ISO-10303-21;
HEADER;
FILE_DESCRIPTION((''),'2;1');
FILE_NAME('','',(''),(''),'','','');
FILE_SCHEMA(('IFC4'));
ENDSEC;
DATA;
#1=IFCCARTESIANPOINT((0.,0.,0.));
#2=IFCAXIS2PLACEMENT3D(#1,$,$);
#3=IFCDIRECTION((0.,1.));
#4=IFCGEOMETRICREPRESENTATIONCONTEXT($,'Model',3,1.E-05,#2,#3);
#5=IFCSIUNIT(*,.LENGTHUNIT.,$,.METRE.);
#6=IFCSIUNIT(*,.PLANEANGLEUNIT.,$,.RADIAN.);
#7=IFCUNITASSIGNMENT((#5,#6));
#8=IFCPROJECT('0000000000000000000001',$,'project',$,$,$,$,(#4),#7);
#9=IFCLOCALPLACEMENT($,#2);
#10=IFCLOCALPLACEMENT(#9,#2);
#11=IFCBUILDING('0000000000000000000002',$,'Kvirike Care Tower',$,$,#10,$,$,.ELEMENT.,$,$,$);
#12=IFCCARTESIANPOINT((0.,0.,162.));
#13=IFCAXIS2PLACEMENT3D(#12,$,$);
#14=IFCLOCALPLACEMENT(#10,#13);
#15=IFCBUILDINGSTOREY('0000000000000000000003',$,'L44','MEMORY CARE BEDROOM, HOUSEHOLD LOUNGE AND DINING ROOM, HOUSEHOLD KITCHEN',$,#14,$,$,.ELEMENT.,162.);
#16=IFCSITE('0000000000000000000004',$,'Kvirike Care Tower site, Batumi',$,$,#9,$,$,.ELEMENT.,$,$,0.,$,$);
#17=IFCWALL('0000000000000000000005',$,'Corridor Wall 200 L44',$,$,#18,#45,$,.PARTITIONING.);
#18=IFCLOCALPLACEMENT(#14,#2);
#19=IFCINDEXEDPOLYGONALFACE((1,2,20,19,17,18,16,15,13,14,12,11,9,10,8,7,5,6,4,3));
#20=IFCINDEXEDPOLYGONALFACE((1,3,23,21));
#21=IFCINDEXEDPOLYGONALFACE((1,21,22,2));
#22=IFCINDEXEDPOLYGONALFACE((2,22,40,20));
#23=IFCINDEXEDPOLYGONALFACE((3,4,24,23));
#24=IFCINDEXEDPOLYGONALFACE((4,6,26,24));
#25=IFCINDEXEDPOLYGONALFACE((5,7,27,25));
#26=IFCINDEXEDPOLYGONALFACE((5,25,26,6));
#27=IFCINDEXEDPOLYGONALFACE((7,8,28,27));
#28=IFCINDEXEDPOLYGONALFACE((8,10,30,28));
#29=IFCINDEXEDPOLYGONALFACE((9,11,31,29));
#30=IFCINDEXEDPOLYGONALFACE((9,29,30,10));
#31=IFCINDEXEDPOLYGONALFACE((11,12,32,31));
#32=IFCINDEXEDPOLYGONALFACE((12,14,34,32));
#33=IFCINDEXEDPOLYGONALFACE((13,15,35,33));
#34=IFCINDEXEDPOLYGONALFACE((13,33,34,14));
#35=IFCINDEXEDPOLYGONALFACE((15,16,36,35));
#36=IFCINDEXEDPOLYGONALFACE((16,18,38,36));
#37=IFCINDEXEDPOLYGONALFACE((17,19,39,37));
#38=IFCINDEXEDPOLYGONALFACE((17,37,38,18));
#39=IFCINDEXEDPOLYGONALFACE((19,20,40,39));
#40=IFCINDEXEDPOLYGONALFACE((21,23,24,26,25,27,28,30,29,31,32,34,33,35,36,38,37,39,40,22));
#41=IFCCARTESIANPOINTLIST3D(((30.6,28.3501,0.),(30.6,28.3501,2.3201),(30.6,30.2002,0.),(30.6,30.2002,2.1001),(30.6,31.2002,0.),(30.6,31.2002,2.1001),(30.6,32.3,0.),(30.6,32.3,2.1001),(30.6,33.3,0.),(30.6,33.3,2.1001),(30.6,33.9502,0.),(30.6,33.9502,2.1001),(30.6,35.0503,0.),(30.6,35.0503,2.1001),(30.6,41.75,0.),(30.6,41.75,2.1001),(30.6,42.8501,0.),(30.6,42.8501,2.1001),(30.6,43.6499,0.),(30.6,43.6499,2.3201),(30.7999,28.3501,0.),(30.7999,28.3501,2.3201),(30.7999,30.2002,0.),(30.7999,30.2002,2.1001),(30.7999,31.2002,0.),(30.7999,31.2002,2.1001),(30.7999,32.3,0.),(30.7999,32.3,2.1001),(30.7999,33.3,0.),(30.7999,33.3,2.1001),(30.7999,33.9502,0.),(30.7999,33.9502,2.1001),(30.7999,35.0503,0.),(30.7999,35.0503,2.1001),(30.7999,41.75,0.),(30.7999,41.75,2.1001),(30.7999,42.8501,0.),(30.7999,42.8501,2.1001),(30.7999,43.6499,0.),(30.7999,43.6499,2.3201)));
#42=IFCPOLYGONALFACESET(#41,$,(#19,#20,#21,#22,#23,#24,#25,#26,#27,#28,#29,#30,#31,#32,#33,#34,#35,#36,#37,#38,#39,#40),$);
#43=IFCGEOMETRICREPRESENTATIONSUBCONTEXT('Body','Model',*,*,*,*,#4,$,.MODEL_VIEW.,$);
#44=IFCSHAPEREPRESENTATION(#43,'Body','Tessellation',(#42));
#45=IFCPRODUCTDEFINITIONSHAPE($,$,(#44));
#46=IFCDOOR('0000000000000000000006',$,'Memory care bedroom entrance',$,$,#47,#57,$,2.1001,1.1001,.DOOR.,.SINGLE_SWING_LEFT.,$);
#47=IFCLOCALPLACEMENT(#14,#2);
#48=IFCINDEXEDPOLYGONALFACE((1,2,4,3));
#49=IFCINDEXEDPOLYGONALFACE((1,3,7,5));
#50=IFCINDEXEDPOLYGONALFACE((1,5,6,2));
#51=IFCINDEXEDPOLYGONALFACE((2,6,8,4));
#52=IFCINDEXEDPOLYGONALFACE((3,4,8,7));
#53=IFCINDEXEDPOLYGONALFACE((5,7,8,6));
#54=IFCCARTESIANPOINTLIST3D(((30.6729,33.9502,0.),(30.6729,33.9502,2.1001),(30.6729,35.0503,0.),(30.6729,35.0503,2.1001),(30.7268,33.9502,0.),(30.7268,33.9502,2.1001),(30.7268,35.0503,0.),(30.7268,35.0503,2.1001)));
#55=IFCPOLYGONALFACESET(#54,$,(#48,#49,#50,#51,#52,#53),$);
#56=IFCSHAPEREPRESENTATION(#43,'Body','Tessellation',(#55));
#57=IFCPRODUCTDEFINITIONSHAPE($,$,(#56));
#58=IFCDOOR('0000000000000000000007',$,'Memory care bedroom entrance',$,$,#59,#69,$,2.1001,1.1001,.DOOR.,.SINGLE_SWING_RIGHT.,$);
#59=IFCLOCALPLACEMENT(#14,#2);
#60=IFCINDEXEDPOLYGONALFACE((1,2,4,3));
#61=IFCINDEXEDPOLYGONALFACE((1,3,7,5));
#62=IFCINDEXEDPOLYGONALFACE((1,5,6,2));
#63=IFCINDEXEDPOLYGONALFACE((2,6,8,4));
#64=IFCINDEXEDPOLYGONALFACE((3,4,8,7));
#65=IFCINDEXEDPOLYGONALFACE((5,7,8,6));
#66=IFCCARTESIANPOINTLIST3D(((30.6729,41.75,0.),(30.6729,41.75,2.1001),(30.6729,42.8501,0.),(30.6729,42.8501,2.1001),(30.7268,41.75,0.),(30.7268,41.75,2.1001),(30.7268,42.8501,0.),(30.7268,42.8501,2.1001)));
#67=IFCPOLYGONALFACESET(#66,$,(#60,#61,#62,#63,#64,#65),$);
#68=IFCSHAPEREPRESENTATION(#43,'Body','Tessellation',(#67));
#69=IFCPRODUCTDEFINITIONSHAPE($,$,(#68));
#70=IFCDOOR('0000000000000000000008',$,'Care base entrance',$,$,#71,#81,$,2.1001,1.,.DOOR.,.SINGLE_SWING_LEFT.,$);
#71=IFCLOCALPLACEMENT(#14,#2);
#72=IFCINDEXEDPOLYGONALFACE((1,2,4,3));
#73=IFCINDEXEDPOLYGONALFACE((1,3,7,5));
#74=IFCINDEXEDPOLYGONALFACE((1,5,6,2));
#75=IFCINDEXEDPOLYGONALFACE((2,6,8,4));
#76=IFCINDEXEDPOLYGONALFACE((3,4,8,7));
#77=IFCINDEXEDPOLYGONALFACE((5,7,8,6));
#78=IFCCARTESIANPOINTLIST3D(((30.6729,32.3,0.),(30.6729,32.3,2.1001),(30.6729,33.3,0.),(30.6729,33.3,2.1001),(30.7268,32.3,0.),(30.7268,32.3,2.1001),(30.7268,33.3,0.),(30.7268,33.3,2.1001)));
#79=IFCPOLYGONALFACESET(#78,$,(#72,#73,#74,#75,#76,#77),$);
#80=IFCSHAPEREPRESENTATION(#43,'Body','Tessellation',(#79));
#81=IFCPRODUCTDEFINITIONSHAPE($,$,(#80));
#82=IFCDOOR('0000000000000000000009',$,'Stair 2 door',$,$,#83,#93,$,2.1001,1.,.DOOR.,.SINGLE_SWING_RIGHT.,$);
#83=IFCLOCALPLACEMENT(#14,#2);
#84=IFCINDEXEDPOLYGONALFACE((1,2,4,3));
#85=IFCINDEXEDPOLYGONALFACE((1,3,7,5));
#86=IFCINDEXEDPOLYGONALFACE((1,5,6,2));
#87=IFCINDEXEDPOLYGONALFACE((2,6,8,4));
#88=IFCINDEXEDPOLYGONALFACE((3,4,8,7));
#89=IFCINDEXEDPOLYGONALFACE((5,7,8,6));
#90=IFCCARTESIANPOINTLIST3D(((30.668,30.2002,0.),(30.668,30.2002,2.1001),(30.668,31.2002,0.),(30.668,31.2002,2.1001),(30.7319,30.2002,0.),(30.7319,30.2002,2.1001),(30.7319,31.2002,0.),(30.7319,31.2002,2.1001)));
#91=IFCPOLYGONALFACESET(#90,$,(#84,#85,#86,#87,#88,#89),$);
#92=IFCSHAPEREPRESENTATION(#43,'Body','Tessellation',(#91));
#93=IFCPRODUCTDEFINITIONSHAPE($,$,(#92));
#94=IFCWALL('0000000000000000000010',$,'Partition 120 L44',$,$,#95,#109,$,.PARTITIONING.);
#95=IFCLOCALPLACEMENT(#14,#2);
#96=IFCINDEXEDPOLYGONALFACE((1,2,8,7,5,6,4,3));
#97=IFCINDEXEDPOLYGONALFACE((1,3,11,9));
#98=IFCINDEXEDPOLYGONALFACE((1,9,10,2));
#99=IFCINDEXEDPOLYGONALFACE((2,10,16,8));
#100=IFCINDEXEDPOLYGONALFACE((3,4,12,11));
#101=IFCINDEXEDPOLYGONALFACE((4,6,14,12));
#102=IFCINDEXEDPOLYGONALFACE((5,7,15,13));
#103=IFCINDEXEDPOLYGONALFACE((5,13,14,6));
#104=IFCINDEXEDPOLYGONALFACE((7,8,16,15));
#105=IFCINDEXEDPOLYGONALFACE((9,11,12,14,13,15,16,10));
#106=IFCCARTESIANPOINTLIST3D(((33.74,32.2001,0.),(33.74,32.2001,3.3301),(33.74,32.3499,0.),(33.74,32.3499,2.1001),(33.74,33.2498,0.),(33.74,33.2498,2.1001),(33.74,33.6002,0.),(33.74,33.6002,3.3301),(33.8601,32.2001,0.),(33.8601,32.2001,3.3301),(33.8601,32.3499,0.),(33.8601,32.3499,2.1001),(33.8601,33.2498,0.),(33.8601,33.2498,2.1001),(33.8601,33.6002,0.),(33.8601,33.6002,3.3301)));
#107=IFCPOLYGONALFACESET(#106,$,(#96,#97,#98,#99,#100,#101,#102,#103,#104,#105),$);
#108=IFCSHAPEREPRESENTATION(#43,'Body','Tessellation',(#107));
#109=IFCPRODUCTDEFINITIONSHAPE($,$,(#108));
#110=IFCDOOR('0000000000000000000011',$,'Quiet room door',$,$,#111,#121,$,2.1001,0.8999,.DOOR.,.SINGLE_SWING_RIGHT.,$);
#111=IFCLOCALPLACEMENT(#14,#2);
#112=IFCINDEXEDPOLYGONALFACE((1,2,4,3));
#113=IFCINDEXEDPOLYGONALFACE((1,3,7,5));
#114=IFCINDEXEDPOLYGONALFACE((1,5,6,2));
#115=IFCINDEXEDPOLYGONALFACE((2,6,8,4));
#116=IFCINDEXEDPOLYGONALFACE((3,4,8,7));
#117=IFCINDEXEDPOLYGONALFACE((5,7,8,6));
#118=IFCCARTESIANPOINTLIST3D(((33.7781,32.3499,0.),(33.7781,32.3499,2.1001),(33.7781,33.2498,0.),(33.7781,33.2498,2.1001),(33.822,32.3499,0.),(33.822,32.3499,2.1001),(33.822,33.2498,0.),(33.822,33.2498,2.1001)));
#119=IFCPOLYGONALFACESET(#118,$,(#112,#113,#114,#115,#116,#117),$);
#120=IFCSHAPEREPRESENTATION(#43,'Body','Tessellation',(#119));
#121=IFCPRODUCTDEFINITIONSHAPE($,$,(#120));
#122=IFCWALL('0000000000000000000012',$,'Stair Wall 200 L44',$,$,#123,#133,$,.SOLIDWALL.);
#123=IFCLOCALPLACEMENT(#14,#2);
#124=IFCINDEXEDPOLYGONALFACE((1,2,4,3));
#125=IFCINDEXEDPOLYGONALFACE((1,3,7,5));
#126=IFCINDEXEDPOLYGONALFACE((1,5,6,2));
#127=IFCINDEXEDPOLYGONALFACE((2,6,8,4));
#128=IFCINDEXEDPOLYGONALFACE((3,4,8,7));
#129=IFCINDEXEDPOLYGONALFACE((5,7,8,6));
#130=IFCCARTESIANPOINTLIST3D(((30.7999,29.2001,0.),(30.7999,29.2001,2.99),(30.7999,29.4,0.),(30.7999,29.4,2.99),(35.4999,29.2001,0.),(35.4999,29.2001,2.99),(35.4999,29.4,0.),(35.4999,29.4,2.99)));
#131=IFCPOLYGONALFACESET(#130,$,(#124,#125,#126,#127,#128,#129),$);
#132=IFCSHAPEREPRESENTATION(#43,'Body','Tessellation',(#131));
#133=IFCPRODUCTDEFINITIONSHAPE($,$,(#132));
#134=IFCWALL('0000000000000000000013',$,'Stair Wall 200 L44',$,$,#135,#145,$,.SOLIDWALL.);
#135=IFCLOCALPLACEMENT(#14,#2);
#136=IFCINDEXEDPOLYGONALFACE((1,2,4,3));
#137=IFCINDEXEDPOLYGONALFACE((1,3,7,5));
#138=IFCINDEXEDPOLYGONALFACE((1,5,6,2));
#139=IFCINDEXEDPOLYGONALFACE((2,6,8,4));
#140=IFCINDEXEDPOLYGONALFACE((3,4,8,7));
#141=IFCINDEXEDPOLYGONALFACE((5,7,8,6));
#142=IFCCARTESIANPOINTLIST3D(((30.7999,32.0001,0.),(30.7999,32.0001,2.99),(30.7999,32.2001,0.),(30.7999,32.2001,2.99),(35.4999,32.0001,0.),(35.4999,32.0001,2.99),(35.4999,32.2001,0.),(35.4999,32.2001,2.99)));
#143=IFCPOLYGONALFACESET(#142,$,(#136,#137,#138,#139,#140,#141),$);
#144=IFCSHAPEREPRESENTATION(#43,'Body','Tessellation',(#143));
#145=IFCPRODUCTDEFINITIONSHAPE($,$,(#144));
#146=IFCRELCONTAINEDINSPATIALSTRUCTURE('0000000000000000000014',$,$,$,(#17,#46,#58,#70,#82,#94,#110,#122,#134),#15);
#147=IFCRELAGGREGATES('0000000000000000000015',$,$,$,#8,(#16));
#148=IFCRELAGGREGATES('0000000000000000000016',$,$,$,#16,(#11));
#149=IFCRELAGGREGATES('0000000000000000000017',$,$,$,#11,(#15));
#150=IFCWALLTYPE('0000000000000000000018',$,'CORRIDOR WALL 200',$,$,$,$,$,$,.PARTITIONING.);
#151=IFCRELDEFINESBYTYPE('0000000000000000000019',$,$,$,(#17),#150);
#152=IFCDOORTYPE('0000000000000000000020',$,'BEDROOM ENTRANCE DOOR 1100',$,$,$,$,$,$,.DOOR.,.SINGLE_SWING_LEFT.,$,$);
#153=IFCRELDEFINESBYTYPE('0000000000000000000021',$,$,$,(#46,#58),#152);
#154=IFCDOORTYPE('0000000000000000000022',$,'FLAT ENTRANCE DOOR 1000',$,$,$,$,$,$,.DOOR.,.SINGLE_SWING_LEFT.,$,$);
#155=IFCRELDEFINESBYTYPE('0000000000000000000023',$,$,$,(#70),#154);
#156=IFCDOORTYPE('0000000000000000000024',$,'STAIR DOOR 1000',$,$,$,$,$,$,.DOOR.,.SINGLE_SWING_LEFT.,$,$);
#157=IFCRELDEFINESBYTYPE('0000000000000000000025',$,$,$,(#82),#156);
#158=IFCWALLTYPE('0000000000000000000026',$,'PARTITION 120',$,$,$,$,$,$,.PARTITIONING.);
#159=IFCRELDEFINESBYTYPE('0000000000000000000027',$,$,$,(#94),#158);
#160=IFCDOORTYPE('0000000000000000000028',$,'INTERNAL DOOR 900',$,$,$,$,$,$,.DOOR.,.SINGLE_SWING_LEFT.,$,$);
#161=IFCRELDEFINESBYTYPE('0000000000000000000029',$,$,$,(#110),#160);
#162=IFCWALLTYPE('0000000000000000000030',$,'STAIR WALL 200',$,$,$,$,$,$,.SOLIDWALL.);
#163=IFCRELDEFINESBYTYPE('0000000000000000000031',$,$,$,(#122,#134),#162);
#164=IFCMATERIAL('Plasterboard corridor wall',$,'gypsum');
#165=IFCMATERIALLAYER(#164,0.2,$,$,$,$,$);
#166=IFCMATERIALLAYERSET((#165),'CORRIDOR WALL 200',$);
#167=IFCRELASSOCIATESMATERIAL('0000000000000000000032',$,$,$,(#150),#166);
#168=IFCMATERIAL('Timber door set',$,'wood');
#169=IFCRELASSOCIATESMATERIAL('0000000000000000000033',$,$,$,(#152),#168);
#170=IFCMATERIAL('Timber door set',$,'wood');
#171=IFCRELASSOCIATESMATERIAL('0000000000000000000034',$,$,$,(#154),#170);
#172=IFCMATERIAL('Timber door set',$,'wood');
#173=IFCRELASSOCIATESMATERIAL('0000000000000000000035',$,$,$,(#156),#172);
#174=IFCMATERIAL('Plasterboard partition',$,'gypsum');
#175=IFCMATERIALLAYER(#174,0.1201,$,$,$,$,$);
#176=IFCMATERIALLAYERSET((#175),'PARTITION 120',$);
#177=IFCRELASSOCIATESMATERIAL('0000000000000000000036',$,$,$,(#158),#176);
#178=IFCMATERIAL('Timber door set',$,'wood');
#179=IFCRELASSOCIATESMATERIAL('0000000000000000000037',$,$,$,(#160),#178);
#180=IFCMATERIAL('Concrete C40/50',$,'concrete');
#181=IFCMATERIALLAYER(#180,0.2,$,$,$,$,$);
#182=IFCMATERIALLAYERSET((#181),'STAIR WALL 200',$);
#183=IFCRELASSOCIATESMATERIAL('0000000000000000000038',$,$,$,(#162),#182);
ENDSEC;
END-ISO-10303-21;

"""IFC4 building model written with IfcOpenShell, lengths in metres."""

from ifc_helpers import new_model, si_unit, direction, frame, frame_2d, origin, place, context, subcontext, project, spatial, rectangle, extrude, material, layer, layer_set, type_object, element, fill, save


model = new_model("IFC4")

# Units and contexts
model_context = context("Model", 3, precision=1e-05, world=origin(), true_north=direction((0.0, 1.0)))
body_context = subcontext(model_context, "Body", "Model", "MODEL_VIEW")
ifc_project = project(units=[si_unit("LENGTHUNIT", "METRE"), si_unit("PLANEANGLEUNIT", "RADIAN")], contexts=[model_context])

# Site, building, storey
site_placement = place(None, origin())
site = spatial("IfcSite", under=ifc_project, at=site_placement, Name="Kvirike Care Tower site, Batumi", CompositionType="ELEMENT", RefElevation=0.0)
building_placement = place(site_placement, origin())
building = spatial("IfcBuilding", under=site, at=building_placement, Name="Kvirike Care Tower", CompositionType="ELEMENT")
storey_placement = place(building_placement, frame((0.0, 0.0, 162.0)))
storey = spatial("IfcBuildingStorey", under=building, at=storey_placement, Name="L44", Description="MEMORY CARE BEDROOM, HOUSEHOLD LOUNGE AND DINING ROOM, HOUSEHOLD KITCHEN", CompositionType="ELEMENT", Elevation=162.0)

# Wall, openings, doors
ifc_material_1 = material(Name="Plasterboard corridor wall", Category="gypsum")
ifc_layer_1 = layer(ifc_material_1, 0.2)
ifc_layer_set_1 = layer_set([ifc_layer_1], Name="CORRIDOR WALL 200")
wall_type_1 = type_object("IfcWallType", Name="CORRIDOR WALL 200", PredefinedType="PARTITIONING", material=ifc_layer_set_1)
wall_1_placement = place(storey_placement, frame((30.7, 28.3501, 0.0), z_axis=(0.0, 0.0, 1.0), x_axis=(0.0, 1.0, 0.0)))
wall_1 = element("IfcWall", 1, at=wall_1_placement, inside=storey, type_object=wall_type_1, Name="Corridor Wall 200 L44", PredefinedType="PARTITIONING", context=body_context, shape_type="SweptSolid", body=[
    extrude(rectangle(XDim=15.2998, YDim=0.2, at=frame_2d((7.6499, 0.0))), origin(), (0.0, 0.0, 1.0), 2.3201),
])
opening_1_placement = place(wall_1_placement, frame((1.8501, 0.0, 0.0)))
opening_1 = element("IfcOpeningElement", 2, at=opening_1_placement, cuts=wall_1, PredefinedType="OPENING", context=body_context, shape_type="SweptSolid", body=[
    extrude(rectangle(XDim=1.0, YDim=2.1001, at=frame_2d((0.5, 1.05))), frame((0.0, 0.1106, 0.0), z_axis=(0.0, -1.0, 0.0), x_axis=(1.0, 0.0, 0.0)), (0.0, 0.0, 1.0), 0.2209),
])
opening_2_placement = place(wall_1_placement, frame((3.95, 0.0, 0.0)))
opening_2 = element("IfcOpeningElement", 3, at=opening_2_placement, cuts=wall_1, PredefinedType="OPENING", context=body_context, shape_type="SweptSolid", body=[
    extrude(rectangle(XDim=1.0, YDim=2.1001, at=frame_2d((0.5, 1.05))), frame((0.0, 0.1106, 0.0), z_axis=(0.0, -1.0, 0.0), x_axis=(1.0, 0.0, 0.0)), (0.0, 0.0, 1.0), 0.2209),
])
opening_3_placement = place(wall_1_placement, frame((5.6001, 0.0, 0.0)))
opening_3 = element("IfcOpeningElement", 4, at=opening_3_placement, cuts=wall_1, PredefinedType="OPENING", context=body_context, shape_type="SweptSolid", body=[
    extrude(rectangle(XDim=1.1001, YDim=2.1001, at=frame_2d((0.55, 1.05))), frame((0.0, 0.1106, 0.0), z_axis=(0.0, -1.0, 0.0), x_axis=(1.0, 0.0, 0.0)), (0.0, 0.0, 1.0), 0.2209),
])
opening_4_placement = place(wall_1_placement, frame((13.3999, 0.0, 0.0)))
opening_4 = element("IfcOpeningElement", 5, at=opening_4_placement, cuts=wall_1, PredefinedType="OPENING", context=body_context, shape_type="SweptSolid", body=[
    extrude(rectangle(XDim=1.1001, YDim=2.1001, at=frame_2d((0.55, 1.05))), frame((0.0, 0.1106, 0.0), z_axis=(0.0, -1.0, 0.0), x_axis=(1.0, 0.0, 0.0)), (0.0, 0.0, 1.0), 0.2209),
])
ifc_material_2 = material(Name="Timber door set", Category="wood")
door_type_1 = type_object("IfcDoorType", Name="BEDROOM ENTRANCE DOOR 1100", OperationType="SINGLE_SWING_LEFT", PredefinedType="DOOR", material=ifc_material_2)
door_1_placement = place(opening_3_placement, frame((1.1001, 0.0, 0.0), z_axis=(0.0, 0.0, 1.0), x_axis=(-1.0, 0.0, 0.0)))
door_1 = element("IfcDoor", 6, at=door_1_placement, inside=storey, type_object=door_type_1, Name="Memory care bedroom entrance", OperationType="SINGLE_SWING_LEFT", OverallHeight=2.1001, OverallWidth=1.1001, PredefinedType="DOOR", context=body_context, shape_type="SweptSolid", body=[
    extrude(rectangle(XDim=1.1001, YDim=2.1001, at=frame_2d((0.55, 1.05))), frame((0.0, 0.0269, 0.0), z_axis=(0.0, -1.0, 0.0), x_axis=(1.0, 0.0, 0.0)), (0.0, 0.0, 1.0), 0.054),
])
fill(opening_3, door_1)
door_2_placement = place(opening_4_placement, frame((1.1001, 0.0, 0.0), z_axis=(0.0, 0.0, 1.0), x_axis=(-1.0, 0.0, 0.0)))
door_2 = element("IfcDoor", 7, at=door_2_placement, inside=storey, type_object=door_type_1, Name="Memory care bedroom entrance", OperationType="SINGLE_SWING_RIGHT", OverallHeight=2.1001, OverallWidth=1.1001, PredefinedType="DOOR", context=body_context, shape_type="SweptSolid", body=[
    extrude(rectangle(XDim=1.1001, YDim=2.1001, at=frame_2d((0.55, 1.05))), frame((0.0, 0.0269, 0.0), z_axis=(0.0, -1.0, 0.0), x_axis=(1.0, 0.0, 0.0)), (0.0, 0.0, 1.0), 0.054),
])
fill(opening_4, door_2)
ifc_material_3 = material(Name="Timber door set", Category="wood")
door_type_2 = type_object("IfcDoorType", Name="FLAT ENTRANCE DOOR 1000", OperationType="SINGLE_SWING_LEFT", PredefinedType="DOOR", material=ifc_material_3)
door_3_placement = place(opening_2_placement, frame((1.0, 0.0, 0.0), z_axis=(0.0, 0.0, 1.0), x_axis=(-1.0, 0.0, 0.0)))
door_3 = element("IfcDoor", 8, at=door_3_placement, inside=storey, type_object=door_type_2, Name="Care base entrance", OperationType="SINGLE_SWING_LEFT", OverallHeight=2.1001, OverallWidth=1.0, PredefinedType="DOOR", context=body_context, shape_type="SweptSolid", body=[
    extrude(rectangle(XDim=1.0, YDim=2.1001, at=frame_2d((0.5, 1.05))), frame((0.0, 0.0269, 0.0), z_axis=(0.0, -1.0, 0.0), x_axis=(1.0, 0.0, 0.0)), (0.0, 0.0, 1.0), 0.054),
])
fill(opening_2, door_3)
ifc_material_4 = material(Name="Timber door set", Category="wood")
door_type_3 = type_object("IfcDoorType", Name="STAIR DOOR 1000", OperationType="SINGLE_SWING_LEFT", PredefinedType="DOOR", material=ifc_material_4)
door_4_placement = place(opening_1_placement, frame((1.0, 0.0, 0.0), z_axis=(0.0, 0.0, 1.0), x_axis=(-1.0, 0.0, 0.0)))
door_4 = element("IfcDoor", 9, at=door_4_placement, inside=storey, type_object=door_type_3, Name="Stair 2 door", OperationType="SINGLE_SWING_RIGHT", OverallHeight=2.1001, OverallWidth=1.0, PredefinedType="DOOR", context=body_context, shape_type="SweptSolid", body=[
    extrude(rectangle(XDim=1.0, YDim=2.1001, at=frame_2d((0.5, 1.05))), frame((0.0, 0.032, 0.0), z_axis=(0.0, -1.0, 0.0), x_axis=(1.0, 0.0, 0.0)), (0.0, 0.0, 1.0), 0.064),
])
fill(opening_1, door_4)

# Wall, opening, door
ifc_material_5 = material(Name="Plasterboard partition", Category="gypsum")
ifc_layer_2 = layer(ifc_material_5, 0.1201)
ifc_layer_set_2 = layer_set([ifc_layer_2], Name="PARTITION 120")
wall_type_2 = type_object("IfcWallType", Name="PARTITION 120", PredefinedType="PARTITIONING", material=ifc_layer_set_2)
wall_2_placement = place(storey_placement, frame((33.8, 32.2, 0.0), z_axis=(0.0, 0.0, 1.0), x_axis=(0.0, 1.0, 0.0)))
wall_2 = element("IfcWall", 10, at=wall_2_placement, inside=storey, type_object=wall_type_2, Name="Partition 120 L44", PredefinedType="PARTITIONING", context=body_context, shape_type="SweptSolid", body=[
    extrude(rectangle(XDim=1.4001, YDim=0.1201, at=frame_2d((0.7002, 0.0))), origin(), (0.0, 0.0, 1.0), 3.3301),
])
opening_5_placement = place(wall_2_placement, frame((0.1499, 0.0, 0.0)))
opening_5 = element("IfcOpeningElement", 11, at=opening_5_placement, cuts=wall_2, PredefinedType="OPENING", context=body_context, shape_type="SweptSolid", body=[
    extrude(rectangle(XDim=0.8999, YDim=2.1001, at=frame_2d((0.45, 1.05))), frame((0.0, 0.0706, 0.0), z_axis=(0.0, -1.0, 0.0), x_axis=(1.0, 0.0, 0.0)), (0.0, 0.0, 1.0), 0.1411),
])
ifc_material_6 = material(Name="Timber door set", Category="wood")
door_type_4 = type_object("IfcDoorType", Name="INTERNAL DOOR 900", OperationType="SINGLE_SWING_LEFT", PredefinedType="DOOR", material=ifc_material_6)
door_5_placement = place(opening_5_placement, origin())
door_5 = element("IfcDoor", 12, at=door_5_placement, inside=storey, type_object=door_type_4, Name="Quiet room door", OperationType="SINGLE_SWING_RIGHT", OverallHeight=2.1001, OverallWidth=0.8999, PredefinedType="DOOR", context=body_context, shape_type="SweptSolid", body=[
    extrude(rectangle(XDim=0.8999, YDim=2.1001, at=frame_2d((0.45, 1.05))), frame((0.0, 0.022, 0.0), z_axis=(0.0, -1.0, 0.0), x_axis=(1.0, 0.0, 0.0)), (0.0, 0.0, 1.0), 0.0439),
])
fill(opening_5, door_5)

# Walls
ifc_material_7 = material(Name="Concrete C40/50", Category="concrete")
ifc_layer_3 = layer(ifc_material_7, 0.2)
ifc_layer_set_3 = layer_set([ifc_layer_3], Name="STAIR WALL 200")
wall_type_3 = type_object("IfcWallType", Name="STAIR WALL 200", PredefinedType="SOLIDWALL", material=ifc_layer_set_3)
for number, where, z_axis, x_axis, name in (
    (13, (35.5, 29.3, 0.0), (0.0, 0.0, 1.0), (-1.0, 0.0, 0.0), "Stair Wall 200 L44"),
    (14, (35.5, 32.1001, 0.0), (0.0, 0.0, 1.0), (-1.0, 0.0, 0.0), "Stair Wall 200 L44"),
):
    element("IfcWall", number, at=place(storey_placement, frame(where, z_axis=z_axis, x_axis=x_axis)), inside=storey, type_object=wall_type_3, Name=name, PredefinedType="SOLIDWALL", context=body_context, shape_type="SweptSolid", body=[
        extrude(rectangle(XDim=4.7, YDim=0.2, at=frame_2d((2.3501, 0.0))), origin(), (0.0, 0.0, 1.0), 2.99),
    ])

save(model, "model.ifc")
